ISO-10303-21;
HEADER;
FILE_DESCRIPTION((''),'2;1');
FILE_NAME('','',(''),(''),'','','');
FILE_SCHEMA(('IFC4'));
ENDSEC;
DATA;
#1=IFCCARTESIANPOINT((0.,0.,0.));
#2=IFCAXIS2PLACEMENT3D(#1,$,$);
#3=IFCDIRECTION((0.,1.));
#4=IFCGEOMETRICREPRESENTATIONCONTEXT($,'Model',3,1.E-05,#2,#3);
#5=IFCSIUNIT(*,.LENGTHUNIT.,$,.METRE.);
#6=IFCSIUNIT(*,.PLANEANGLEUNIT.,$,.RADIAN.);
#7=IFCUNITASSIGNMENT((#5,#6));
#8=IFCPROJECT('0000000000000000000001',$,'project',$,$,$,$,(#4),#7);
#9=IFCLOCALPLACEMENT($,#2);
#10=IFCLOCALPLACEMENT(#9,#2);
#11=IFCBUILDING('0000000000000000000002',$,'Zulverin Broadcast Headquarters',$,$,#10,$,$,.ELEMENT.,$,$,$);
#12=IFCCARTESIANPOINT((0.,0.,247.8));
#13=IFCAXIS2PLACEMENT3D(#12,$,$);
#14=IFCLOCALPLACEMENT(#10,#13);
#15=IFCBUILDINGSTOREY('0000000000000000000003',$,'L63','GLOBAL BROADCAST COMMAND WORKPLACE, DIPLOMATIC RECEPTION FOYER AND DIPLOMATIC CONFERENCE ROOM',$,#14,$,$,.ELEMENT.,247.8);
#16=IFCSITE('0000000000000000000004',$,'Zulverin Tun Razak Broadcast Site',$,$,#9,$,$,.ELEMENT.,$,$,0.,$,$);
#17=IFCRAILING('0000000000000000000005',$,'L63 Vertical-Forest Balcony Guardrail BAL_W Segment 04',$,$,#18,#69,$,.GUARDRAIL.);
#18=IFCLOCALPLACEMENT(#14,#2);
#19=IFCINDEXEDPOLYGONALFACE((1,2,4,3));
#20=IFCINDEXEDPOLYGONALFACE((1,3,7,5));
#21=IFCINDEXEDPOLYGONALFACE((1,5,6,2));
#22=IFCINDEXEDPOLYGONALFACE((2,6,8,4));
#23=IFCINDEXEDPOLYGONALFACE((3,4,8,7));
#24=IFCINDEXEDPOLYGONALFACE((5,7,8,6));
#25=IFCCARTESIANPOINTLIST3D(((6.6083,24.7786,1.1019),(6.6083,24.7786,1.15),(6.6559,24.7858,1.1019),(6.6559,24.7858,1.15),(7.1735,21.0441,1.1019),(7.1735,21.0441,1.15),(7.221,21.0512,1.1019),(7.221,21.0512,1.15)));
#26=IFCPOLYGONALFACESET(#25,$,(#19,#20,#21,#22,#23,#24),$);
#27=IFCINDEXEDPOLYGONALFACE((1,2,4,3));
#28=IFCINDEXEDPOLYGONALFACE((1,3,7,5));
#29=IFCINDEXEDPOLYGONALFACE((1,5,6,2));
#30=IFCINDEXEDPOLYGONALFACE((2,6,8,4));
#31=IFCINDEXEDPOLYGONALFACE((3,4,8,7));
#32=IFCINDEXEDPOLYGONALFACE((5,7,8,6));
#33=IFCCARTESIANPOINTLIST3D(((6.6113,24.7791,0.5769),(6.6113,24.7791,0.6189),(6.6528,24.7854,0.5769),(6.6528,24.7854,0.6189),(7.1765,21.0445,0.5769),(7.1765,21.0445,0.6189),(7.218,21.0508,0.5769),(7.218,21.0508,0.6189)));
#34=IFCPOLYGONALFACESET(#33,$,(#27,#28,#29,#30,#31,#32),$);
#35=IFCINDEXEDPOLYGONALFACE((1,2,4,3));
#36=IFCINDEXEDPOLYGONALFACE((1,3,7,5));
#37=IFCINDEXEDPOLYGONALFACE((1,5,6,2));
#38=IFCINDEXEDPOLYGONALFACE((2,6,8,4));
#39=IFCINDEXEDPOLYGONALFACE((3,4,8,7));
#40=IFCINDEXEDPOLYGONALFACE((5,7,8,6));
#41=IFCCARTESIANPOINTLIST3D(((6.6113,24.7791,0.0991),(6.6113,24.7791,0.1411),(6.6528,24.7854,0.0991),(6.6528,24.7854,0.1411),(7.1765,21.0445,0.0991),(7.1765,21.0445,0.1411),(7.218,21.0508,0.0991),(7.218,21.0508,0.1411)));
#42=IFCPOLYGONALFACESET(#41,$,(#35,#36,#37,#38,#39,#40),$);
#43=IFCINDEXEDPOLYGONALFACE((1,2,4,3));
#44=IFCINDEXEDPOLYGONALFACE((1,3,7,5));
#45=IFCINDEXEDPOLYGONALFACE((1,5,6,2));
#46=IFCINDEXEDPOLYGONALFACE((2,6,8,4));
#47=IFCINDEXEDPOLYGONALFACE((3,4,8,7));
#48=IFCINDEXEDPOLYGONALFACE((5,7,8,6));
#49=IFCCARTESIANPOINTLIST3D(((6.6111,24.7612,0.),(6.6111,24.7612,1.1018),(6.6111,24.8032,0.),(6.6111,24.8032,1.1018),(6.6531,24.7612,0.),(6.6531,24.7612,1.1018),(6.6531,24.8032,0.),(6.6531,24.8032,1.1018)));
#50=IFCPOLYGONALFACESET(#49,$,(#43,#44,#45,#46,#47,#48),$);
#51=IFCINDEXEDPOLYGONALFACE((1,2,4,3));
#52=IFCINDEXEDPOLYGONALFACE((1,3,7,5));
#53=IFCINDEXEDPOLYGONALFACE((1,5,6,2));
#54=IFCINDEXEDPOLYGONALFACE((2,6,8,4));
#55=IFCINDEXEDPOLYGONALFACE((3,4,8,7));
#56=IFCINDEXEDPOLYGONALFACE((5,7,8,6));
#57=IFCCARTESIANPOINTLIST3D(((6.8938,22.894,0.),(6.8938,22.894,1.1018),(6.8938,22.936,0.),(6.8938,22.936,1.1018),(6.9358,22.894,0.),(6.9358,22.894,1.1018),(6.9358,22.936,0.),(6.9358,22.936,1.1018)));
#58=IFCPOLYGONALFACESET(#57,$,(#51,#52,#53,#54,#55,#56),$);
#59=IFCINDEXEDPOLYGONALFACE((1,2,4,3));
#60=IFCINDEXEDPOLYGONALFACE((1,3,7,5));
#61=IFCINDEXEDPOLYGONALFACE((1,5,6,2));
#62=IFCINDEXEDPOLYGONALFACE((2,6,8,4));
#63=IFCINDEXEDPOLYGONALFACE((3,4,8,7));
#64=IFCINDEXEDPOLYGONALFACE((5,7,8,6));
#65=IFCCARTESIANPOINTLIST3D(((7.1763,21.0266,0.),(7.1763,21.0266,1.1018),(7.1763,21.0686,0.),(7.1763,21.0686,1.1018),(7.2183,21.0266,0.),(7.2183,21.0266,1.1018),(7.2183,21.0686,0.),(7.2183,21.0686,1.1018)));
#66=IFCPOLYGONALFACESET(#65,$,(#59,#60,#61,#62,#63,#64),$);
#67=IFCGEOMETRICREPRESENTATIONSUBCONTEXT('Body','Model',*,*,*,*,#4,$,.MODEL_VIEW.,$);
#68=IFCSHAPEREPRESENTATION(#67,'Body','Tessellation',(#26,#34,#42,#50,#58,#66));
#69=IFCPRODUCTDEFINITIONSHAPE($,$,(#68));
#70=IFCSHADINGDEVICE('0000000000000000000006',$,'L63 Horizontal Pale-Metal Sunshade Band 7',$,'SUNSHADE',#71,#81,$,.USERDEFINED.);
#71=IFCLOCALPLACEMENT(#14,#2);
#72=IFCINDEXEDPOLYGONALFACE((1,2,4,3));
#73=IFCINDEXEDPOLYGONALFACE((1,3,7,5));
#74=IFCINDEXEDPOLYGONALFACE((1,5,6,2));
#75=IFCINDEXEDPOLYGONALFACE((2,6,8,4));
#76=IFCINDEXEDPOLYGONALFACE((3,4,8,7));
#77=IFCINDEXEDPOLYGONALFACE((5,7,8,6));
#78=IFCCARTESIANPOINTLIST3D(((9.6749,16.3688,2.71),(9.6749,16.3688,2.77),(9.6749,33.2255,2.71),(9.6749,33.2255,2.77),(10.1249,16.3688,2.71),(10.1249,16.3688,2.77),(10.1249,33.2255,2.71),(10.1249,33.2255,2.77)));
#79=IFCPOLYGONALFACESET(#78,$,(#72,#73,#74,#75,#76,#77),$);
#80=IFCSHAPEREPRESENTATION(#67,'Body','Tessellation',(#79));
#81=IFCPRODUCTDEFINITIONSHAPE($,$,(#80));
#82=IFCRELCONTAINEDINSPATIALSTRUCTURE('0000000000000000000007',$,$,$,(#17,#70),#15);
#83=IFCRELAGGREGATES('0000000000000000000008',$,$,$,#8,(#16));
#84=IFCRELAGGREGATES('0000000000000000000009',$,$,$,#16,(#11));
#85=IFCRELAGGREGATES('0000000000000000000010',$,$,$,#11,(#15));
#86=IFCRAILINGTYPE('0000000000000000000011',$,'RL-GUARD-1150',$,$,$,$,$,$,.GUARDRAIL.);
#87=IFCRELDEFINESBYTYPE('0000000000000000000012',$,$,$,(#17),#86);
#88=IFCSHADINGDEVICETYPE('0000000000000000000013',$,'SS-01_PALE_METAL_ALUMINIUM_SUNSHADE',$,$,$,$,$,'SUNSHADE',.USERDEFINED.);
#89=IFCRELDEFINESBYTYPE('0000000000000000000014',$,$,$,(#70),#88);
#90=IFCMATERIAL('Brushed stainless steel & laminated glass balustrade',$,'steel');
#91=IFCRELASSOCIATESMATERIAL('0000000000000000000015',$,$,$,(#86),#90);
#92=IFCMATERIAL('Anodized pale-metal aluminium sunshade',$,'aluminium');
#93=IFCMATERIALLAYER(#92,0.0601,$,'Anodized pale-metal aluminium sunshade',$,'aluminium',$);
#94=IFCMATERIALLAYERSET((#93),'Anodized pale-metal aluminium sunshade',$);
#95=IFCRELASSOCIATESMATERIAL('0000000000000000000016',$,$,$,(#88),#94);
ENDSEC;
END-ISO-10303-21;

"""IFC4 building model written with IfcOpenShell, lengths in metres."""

from ifc_helpers import new_model, si_unit, direction, frame, origin, origin_2d, place, context, subcontext, project, spatial, rectangle, extrude, material, layer, layer_set, type_object, element, save


model = new_model("IFC4")

# Units and contexts
model_context = context("Model", 3, precision=1e-05, world=origin(), true_north=direction((0.0, 1.0)))
body_context = subcontext(model_context, "Body", "Model", "MODEL_VIEW")
ifc_project = project(units=[si_unit("LENGTHUNIT", "METRE"), si_unit("PLANEANGLEUNIT", "RADIAN")], contexts=[model_context])

# Site, building, storey
site_placement = place(None, origin())
site = spatial("IfcSite", under=ifc_project, at=site_placement, Name="Zulverin Tun Razak Broadcast Site", CompositionType="ELEMENT", RefElevation=0.0)
building_placement = place(site_placement, origin())
building = spatial("IfcBuilding", under=site, at=building_placement, Name="Zulverin Broadcast Headquarters", CompositionType="ELEMENT")
storey_placement = place(building_placement, frame((0.0, 0.0, 247.8)))
storey = spatial("IfcBuildingStorey", under=building, at=storey_placement, Name="L63", Description="GLOBAL BROADCAST COMMAND WORKPLACE, DIPLOMATIC RECEPTION FOYER AND DIPLOMATIC CONFERENCE ROOM", CompositionType="ELEMENT", Elevation=247.8)

# Railing
ifc_material_1 = material(Name="Brushed stainless steel & laminated glass balustrade", Category="steel")
railing_type = type_object("IfcRailingType", Name="RL-GUARD-1150", PredefinedType="GUARDRAIL", material=ifc_material_1)
railing_1_placement = place(storey_placement, frame((6.6321, 24.7822, 0.0)))
element("IfcRailing", 1, at=railing_1_placement, inside=storey, type_object=railing_type, Name="L63 Vertical-Forest Balcony Guardrail BAL_W Segment 04", PredefinedType="GUARDRAIL", context=body_context, shape_type="SweptSolid", body=[
    extrude(rectangle(XDim=0.0481, YDim=0.0481, at=origin_2d()), frame((0.0, 0.0, 1.126), z_axis=(0.149633, -0.988742, 0.0), x_axis=(0.988742, 0.149633, 0.0)), (0.0, 0.0, 1.0), 3.7771),
    extrude(rectangle(XDim=0.042, YDim=0.042, at=origin_2d()), frame((0.0, 0.0, 0.5979), z_axis=(0.149633, -0.988742, 0.0), x_axis=(0.988742, 0.149633, 0.0)), (0.0, 0.0, 1.0), 3.7771),
    extrude(rectangle(XDim=0.042, YDim=0.042, at=origin_2d()), frame((0.0, 0.0, 0.1201), z_axis=(0.149633, -0.988742, 0.0), x_axis=(0.988742, 0.149633, 0.0)), (0.0, 0.0, 1.0), 3.7771),
    extrude(rectangle(XDim=0.042, YDim=0.042, at=origin_2d()), origin(), (0.0, 0.0, 1.0), 1.1018),
    extrude(rectangle(XDim=0.042, YDim=0.042, at=origin_2d()), frame((0.2827, -1.8672, 0.0)), (0.0, 0.0, 1.0), 1.1018),
    extrude(rectangle(XDim=0.042, YDim=0.042, at=origin_2d()), frame((0.5652, -3.7346, 0.0)), (0.0, 0.0, 1.0), 1.1018),
])

# Shading device
ifc_material_2 = material(Name="Anodized pale-metal aluminium sunshade", Category="aluminium")
ifc_layer_1 = layer(ifc_material_2, 0.0601, Name="Anodized pale-metal aluminium sunshade", Category="aluminium")
ifc_layer_set_1 = layer_set([ifc_layer_1], Name="Anodized pale-metal aluminium sunshade")
shading_device_type = type_object("IfcShadingDeviceType", Name="SS-01_PALE_METAL_ALUMINIUM_SUNSHADE", ElementType="SUNSHADE", PredefinedType="USERDEFINED", material=ifc_layer_set_1)
shading_device_placement = place(storey_placement, frame((9.8999, 24.7971, 2.71), z_axis=(0.0, 0.0, 1.0), x_axis=(0.0, -1.0, 0.0)))
element("IfcShadingDevice", 2, at=shading_device_placement, inside=storey, type_object=shading_device_type, Name="L63 Horizontal Pale-Metal Sunshade Band 7", ObjectType="SUNSHADE", PredefinedType="USERDEFINED", context=body_context, shape_type="SweptSolid", body=[
    extrude(rectangle(XDim=16.8567, YDim=0.45, at=origin_2d()), origin(), (0.0, 0.0, 1.0), 0.0601),
])

save(model, "model.ifc")
